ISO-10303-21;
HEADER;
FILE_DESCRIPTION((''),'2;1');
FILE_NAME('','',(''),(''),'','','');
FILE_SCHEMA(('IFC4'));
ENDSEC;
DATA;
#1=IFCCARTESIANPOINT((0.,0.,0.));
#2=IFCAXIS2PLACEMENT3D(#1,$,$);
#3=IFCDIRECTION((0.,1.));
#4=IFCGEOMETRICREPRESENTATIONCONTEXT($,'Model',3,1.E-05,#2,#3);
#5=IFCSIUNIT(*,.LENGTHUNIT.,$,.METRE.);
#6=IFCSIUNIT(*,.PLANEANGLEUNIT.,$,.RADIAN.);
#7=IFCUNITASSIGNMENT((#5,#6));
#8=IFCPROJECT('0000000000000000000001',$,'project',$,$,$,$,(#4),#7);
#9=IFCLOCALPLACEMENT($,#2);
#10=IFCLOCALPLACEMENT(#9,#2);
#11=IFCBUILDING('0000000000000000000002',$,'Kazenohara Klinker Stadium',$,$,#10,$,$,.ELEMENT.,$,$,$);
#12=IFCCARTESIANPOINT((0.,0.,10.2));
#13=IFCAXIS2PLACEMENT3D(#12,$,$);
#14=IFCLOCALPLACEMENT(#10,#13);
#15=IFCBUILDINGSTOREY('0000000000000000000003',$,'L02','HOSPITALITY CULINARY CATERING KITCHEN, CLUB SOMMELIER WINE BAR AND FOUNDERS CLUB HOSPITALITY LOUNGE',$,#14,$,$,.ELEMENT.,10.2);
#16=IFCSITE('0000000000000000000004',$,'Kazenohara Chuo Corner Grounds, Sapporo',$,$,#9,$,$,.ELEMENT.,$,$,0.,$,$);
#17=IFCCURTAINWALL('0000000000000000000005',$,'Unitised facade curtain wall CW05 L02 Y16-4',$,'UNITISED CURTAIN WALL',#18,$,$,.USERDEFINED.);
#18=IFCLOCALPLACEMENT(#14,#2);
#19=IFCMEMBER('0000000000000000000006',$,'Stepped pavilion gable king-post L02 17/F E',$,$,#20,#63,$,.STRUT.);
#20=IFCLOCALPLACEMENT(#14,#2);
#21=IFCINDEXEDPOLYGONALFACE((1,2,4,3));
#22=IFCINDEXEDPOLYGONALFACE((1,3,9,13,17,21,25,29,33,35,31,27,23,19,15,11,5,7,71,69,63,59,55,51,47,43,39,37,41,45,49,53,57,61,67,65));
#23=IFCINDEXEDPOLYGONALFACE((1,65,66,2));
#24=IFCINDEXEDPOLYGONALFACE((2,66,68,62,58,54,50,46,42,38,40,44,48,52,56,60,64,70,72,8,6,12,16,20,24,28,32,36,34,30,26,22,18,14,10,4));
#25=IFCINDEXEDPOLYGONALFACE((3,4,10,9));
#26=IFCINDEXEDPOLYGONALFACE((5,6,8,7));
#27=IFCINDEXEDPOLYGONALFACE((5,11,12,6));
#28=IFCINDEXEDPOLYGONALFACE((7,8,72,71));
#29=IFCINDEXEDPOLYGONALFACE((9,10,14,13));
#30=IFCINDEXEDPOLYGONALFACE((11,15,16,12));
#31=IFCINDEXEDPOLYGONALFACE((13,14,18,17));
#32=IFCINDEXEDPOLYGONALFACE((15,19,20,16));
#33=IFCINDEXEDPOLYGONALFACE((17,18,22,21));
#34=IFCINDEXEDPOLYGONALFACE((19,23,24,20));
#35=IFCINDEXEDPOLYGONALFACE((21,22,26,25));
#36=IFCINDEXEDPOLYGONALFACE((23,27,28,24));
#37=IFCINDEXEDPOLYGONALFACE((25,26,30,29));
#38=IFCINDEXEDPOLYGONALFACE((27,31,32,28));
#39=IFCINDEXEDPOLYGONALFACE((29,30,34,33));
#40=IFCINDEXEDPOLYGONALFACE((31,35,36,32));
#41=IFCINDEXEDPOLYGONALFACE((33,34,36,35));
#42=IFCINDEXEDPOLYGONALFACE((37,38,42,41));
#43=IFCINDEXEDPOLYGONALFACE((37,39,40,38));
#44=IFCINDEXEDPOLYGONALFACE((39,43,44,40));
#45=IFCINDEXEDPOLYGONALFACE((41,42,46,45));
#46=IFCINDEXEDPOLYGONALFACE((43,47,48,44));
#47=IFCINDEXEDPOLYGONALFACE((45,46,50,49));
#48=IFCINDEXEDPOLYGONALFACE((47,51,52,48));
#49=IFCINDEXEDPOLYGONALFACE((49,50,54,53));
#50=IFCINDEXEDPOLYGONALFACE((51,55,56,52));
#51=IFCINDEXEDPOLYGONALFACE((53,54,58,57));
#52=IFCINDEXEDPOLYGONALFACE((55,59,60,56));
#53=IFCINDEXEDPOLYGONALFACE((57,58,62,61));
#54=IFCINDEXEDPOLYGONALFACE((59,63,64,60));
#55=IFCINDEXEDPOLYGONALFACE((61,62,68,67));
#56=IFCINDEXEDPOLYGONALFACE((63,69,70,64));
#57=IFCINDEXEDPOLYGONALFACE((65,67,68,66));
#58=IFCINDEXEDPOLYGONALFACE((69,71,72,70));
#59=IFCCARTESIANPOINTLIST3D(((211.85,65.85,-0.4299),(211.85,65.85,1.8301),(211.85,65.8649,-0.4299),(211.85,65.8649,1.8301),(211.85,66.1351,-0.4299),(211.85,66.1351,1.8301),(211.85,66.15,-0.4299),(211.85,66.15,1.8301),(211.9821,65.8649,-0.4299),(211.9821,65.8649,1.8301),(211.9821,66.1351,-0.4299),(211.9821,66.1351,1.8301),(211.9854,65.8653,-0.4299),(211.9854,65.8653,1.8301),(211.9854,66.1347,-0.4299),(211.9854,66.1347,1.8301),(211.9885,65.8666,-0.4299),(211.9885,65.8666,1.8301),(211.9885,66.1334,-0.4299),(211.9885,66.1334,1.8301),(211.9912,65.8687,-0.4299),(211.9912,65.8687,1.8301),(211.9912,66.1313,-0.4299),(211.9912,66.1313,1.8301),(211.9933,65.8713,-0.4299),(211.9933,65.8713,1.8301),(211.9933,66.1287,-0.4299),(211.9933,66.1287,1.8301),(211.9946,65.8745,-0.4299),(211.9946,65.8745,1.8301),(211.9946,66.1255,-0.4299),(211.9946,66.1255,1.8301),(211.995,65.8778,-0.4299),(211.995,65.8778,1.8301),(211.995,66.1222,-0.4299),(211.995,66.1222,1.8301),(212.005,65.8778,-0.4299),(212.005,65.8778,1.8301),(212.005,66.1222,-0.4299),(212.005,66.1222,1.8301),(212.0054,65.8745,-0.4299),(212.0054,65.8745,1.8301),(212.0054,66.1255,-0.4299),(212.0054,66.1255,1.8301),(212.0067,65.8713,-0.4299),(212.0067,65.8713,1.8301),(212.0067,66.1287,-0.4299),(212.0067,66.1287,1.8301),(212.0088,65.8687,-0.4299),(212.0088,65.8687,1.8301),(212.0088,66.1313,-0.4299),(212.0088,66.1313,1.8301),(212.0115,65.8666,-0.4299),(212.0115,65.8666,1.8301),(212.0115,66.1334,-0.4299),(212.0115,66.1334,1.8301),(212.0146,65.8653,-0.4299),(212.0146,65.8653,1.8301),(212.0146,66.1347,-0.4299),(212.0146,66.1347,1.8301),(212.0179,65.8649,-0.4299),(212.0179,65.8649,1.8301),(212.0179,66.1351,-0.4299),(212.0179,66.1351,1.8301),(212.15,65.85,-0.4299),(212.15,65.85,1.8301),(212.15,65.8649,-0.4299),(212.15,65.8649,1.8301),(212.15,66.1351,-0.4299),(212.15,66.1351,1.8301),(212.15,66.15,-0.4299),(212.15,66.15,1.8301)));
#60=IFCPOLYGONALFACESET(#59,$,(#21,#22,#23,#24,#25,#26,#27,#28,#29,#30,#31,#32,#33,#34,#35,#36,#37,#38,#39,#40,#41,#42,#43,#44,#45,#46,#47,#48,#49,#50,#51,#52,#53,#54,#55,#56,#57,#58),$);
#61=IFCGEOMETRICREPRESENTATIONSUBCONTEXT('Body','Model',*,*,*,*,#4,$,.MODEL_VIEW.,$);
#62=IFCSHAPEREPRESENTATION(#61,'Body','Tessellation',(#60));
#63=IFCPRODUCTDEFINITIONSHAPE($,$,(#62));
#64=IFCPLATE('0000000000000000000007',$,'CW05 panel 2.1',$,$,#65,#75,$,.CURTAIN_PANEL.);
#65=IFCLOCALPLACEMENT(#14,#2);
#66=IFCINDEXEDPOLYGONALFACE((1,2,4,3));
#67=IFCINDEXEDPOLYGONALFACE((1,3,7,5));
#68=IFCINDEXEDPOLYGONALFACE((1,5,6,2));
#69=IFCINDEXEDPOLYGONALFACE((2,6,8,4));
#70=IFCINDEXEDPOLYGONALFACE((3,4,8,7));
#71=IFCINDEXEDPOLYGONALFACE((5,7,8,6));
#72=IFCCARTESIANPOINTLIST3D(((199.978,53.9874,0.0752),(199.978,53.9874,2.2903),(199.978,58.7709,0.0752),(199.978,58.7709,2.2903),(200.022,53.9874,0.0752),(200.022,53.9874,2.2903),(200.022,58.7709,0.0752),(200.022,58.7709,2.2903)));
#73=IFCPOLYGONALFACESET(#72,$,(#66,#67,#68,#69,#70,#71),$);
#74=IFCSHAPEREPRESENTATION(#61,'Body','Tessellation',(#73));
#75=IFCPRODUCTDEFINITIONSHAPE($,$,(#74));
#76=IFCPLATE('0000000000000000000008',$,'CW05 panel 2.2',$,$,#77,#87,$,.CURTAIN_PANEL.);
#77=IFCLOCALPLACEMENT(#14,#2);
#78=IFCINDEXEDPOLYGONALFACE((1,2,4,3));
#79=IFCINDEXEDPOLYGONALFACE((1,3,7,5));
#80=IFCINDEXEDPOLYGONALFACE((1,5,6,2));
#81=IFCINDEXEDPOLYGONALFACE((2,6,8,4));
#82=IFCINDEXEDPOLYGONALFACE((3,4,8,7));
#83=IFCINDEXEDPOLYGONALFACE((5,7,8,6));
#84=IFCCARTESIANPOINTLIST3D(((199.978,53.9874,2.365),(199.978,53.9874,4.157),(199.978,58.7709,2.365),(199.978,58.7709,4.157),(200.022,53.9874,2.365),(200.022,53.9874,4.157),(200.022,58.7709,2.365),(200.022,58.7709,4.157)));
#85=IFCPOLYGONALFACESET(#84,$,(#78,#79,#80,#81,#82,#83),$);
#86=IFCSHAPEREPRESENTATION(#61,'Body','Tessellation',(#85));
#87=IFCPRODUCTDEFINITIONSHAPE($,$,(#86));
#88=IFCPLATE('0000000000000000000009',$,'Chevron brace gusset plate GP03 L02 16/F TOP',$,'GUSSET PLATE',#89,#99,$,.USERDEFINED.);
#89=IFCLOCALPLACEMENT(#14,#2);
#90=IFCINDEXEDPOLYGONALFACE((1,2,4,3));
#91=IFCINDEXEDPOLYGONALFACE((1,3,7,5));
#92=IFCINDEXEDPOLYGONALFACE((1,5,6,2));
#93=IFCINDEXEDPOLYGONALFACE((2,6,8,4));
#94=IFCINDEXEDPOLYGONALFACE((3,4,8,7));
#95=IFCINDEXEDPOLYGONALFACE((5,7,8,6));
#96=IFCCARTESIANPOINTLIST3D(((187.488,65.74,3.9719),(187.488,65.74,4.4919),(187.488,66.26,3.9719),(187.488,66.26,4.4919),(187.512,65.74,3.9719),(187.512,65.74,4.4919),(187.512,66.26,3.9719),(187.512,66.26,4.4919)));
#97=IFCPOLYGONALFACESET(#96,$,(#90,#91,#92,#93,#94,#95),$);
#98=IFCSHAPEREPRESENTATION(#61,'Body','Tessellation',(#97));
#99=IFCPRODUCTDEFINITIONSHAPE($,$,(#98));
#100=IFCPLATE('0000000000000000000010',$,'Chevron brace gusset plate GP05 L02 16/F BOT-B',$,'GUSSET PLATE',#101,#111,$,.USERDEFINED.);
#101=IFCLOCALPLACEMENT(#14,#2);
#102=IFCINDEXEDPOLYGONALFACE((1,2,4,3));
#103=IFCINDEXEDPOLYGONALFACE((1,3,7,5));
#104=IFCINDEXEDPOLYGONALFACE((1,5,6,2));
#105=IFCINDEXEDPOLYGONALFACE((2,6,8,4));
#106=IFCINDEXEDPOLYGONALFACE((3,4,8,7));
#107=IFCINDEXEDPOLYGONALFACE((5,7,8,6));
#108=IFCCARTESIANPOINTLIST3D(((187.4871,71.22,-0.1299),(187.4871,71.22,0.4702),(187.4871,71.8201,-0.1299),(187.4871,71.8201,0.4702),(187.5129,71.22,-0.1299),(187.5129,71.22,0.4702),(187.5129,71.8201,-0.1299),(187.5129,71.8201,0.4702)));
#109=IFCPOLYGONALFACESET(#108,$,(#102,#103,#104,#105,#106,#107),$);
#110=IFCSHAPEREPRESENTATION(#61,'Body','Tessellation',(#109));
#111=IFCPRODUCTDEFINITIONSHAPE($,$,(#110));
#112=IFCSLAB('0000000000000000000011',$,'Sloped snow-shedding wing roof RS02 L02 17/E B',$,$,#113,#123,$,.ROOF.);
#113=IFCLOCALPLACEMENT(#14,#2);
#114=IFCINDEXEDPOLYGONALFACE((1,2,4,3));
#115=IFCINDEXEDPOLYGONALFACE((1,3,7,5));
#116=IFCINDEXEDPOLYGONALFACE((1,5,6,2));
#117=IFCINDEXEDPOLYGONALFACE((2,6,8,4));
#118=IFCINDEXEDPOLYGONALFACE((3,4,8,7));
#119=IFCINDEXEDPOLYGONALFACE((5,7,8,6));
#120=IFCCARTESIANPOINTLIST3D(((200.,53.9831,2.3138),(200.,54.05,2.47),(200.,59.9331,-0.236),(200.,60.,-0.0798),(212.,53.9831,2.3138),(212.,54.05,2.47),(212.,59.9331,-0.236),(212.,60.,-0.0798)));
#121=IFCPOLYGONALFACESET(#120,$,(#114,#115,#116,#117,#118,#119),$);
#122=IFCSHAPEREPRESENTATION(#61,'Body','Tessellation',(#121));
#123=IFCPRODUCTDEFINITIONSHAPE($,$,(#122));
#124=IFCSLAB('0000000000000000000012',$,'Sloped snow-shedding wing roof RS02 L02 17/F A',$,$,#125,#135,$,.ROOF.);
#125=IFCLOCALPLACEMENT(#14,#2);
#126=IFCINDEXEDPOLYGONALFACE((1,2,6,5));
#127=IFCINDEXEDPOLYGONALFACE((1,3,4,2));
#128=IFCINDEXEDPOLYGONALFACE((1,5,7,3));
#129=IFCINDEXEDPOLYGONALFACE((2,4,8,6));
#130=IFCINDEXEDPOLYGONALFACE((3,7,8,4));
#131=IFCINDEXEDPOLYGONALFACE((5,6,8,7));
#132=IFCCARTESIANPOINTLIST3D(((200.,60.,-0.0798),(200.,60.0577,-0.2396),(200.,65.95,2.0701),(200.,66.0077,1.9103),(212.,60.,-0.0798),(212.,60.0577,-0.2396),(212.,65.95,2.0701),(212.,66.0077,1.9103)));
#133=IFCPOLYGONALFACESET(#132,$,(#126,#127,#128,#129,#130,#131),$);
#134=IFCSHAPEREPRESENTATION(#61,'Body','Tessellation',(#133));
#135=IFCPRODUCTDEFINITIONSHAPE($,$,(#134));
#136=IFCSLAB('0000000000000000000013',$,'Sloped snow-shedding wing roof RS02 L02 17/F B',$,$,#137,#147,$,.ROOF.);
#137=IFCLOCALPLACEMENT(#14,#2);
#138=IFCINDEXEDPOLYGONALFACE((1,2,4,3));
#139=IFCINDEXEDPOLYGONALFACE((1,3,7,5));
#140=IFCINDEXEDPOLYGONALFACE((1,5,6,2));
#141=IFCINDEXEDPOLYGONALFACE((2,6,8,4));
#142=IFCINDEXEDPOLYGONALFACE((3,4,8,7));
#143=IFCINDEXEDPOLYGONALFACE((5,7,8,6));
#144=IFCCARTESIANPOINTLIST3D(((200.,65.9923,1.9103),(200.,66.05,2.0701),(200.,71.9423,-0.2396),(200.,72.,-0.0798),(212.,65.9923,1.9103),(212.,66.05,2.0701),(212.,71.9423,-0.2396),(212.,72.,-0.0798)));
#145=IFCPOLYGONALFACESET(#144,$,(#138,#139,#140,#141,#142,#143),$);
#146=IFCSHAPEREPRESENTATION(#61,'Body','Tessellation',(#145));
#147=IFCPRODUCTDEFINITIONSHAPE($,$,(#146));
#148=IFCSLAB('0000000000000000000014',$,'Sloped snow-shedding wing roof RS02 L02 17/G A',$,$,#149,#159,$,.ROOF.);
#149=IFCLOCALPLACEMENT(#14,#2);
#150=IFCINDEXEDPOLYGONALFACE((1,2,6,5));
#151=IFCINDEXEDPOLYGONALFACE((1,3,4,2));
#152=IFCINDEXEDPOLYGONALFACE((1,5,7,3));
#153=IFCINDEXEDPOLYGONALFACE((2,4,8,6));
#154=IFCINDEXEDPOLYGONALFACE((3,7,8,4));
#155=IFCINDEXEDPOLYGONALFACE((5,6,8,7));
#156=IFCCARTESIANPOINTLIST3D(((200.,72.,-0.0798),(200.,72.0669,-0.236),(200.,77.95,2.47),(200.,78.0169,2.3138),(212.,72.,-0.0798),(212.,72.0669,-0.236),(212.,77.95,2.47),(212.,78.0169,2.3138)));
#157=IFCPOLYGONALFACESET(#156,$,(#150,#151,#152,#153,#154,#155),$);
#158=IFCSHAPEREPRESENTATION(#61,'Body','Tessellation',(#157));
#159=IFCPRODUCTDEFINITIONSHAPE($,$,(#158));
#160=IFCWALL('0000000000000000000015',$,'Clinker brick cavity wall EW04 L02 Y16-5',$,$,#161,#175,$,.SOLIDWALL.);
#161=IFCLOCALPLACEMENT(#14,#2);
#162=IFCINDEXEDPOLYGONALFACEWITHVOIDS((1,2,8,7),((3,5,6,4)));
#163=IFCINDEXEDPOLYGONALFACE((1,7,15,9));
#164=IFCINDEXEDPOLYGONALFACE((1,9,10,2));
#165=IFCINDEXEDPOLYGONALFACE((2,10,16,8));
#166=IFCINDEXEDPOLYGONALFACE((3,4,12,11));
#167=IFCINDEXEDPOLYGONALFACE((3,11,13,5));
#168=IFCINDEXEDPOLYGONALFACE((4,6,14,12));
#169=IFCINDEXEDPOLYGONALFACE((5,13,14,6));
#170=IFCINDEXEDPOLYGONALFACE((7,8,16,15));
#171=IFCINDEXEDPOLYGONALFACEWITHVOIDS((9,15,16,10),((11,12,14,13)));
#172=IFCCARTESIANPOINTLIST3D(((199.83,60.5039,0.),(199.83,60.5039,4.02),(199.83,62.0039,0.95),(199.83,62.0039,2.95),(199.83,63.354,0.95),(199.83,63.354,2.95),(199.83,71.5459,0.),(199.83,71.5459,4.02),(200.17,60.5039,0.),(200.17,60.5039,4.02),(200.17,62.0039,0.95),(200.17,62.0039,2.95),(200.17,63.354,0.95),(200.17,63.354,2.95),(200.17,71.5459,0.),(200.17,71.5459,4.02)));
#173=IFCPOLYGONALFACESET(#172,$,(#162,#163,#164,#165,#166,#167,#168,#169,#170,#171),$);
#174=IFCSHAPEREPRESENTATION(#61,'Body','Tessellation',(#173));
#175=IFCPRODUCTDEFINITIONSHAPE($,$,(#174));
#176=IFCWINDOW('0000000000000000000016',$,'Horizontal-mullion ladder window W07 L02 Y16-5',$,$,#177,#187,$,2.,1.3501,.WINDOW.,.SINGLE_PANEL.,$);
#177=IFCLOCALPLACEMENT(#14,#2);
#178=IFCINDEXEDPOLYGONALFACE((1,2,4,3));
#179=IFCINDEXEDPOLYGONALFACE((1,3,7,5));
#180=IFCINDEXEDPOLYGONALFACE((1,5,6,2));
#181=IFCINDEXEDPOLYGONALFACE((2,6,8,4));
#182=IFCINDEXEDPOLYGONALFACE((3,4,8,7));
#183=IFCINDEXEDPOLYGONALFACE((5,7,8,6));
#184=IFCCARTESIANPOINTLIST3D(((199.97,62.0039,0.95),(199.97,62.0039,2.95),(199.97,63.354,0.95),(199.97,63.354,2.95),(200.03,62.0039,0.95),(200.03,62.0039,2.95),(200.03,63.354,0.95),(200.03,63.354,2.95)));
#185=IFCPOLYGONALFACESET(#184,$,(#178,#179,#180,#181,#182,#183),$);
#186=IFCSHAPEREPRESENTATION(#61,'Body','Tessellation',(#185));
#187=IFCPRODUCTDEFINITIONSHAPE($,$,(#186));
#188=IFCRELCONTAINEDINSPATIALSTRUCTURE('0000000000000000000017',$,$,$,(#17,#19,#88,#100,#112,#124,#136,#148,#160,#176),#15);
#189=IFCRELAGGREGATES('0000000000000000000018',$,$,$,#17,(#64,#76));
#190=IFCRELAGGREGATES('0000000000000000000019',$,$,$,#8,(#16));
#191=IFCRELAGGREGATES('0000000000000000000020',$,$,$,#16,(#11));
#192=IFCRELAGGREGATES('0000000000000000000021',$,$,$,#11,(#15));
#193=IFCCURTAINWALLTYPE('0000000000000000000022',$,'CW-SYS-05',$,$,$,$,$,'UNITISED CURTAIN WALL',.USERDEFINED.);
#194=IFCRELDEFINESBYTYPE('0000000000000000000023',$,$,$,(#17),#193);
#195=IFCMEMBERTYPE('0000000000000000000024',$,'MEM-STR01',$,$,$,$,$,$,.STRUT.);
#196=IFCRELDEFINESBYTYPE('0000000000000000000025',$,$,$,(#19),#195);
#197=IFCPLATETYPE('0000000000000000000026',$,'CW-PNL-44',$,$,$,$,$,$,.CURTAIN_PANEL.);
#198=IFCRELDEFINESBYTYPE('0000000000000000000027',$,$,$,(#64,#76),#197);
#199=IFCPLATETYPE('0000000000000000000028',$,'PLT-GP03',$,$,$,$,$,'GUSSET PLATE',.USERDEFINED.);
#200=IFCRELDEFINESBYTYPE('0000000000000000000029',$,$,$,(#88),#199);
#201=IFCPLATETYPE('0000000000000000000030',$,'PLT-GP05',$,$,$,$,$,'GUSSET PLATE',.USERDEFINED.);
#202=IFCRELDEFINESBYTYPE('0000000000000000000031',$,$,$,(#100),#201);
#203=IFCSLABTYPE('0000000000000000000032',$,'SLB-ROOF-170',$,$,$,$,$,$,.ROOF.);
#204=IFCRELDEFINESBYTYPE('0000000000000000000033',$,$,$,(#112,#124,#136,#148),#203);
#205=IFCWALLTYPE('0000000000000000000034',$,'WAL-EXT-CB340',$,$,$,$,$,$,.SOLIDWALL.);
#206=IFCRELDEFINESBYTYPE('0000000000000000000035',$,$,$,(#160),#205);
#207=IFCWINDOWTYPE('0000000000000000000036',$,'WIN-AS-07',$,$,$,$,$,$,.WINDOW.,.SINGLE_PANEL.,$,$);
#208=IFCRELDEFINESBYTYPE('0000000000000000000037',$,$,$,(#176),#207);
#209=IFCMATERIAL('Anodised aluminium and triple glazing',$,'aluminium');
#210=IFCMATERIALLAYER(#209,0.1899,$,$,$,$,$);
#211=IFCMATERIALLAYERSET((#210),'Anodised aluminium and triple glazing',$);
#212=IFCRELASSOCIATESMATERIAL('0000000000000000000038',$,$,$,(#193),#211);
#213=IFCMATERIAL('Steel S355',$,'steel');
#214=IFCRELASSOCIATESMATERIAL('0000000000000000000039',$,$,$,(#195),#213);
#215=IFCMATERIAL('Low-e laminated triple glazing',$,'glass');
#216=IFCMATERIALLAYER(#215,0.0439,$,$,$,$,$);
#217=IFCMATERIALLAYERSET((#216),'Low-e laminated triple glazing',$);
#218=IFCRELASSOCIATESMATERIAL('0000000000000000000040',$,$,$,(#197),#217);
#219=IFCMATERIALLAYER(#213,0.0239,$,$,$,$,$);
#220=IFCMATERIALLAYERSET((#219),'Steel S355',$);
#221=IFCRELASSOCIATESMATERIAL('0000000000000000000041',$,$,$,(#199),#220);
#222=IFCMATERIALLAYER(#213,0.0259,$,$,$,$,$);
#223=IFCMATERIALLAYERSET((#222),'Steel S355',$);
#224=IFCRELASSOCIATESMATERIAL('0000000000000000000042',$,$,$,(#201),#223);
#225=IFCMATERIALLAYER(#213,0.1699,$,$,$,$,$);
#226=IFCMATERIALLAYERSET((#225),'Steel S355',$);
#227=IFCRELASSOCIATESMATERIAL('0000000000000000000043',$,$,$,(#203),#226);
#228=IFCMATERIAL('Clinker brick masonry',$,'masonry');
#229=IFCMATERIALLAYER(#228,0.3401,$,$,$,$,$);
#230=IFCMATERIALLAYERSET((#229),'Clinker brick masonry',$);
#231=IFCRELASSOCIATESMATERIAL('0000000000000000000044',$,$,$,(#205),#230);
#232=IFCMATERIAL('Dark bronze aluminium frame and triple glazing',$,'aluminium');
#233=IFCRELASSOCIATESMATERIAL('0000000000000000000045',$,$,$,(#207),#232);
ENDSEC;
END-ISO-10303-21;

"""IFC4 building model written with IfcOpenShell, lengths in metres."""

from ifc_helpers import new_model, si_unit, direction, frame, frame_2d, origin, origin_2d, place, context, subcontext, project, spatial, polyline, rectangle, i_section, outline, extrude, material, layer, layer_set, material_profile, profile_set, type_object, element, fill, aggregate, save


model = new_model("IFC4")

# Units and contexts
model_context = context("Model", 3, precision=1e-05, world=origin(), true_north=direction((0.0, 1.0)))
body_context = subcontext(model_context, "Body", "Model", "MODEL_VIEW")
ifc_project = project(units=[si_unit("LENGTHUNIT", "METRE"), si_unit("PLANEANGLEUNIT", "RADIAN")], contexts=[model_context])

# Site, building, storey
site_placement = place(None, origin())
site = spatial("IfcSite", under=ifc_project, at=site_placement, Name="Kazenohara Chuo Corner Grounds, Sapporo", CompositionType="ELEMENT", RefElevation=0.0)
building_placement = place(site_placement, origin())
building = spatial("IfcBuilding", under=site, at=building_placement, Name="Kazenohara Klinker Stadium", CompositionType="ELEMENT")
storey_placement = place(building_placement, frame((0.0, 0.0, 10.2)))
storey = spatial("IfcBuildingStorey", under=building, at=storey_placement, Name="L02", Description="HOSPITALITY CULINARY CATERING KITCHEN, CLUB SOMMELIER WINE BAR AND FOUNDERS CLUB HOSPITALITY LOUNGE", CompositionType="ELEMENT", Elevation=10.2)

# Shared definitions
ifc_material_1 = material(Name="Steel S355", Category="steel")

# Curtain wall
ifc_material_2 = material(Name="Anodised aluminium and triple glazing", Category="aluminium")
ifc_layer_1 = layer(ifc_material_2, 0.1899)
ifc_layer_set_1 = layer_set([ifc_layer_1], Name="Anodised aluminium and triple glazing")
curtain_wall_type = type_object("IfcCurtainWallType", Name="CW-SYS-05", ElementType="UNITISED CURTAIN WALL", PredefinedType="USERDEFINED", material=ifc_layer_set_1)
curtain_wall_placement = place(storey_placement, origin())
curtain_wall = element("IfcCurtainWall", 1, at=curtain_wall_placement, inside=storey, type_object=curtain_wall_type, Name="Unitised facade curtain wall CW05 L02 Y16-4", ObjectType="UNITISED CURTAIN WALL", PredefinedType="USERDEFINED")

# Member
ifc_material_profile_1 = material_profile(ifc_material_1, i_section(OverallWidth=0.3, OverallDepth=0.3, WebThickness=0.01, FlangeThickness=0.0149, FilletRadius=0.0129, at=origin_2d()), Name="H-300x300x10x15")
ifc_profile_set_1 = profile_set([ifc_material_profile_1], Name="Steel S355")
member_type_1 = type_object("IfcMemberType", Name="MEM-STR01", PredefinedType="STRUT", material=ifc_profile_set_1)
member_1_placement = place(storey_placement, frame((212.0, 66.0, -0.4299), z_axis=(0.0, 0.0, 1.0), x_axis=(1.0, 0.0, 0.0)))
element("IfcMember", 2, at=member_1_placement, inside=storey, type_object=member_type_1, Name="Stepped pavilion gable king-post L02 17/F E", PredefinedType="STRUT", context=body_context, shape_type="SweptSolid", body=[
    extrude(i_section(OverallWidth=0.3, OverallDepth=0.3, WebThickness=0.01, FlangeThickness=0.0149, FilletRadius=0.0129, at=origin_2d()), origin(), (0.0, 0.0, 1.0), 2.26),
])

# Plates
ifc_material_3 = material(Name="Low-e laminated triple glazing", Category="glass")
ifc_layer_2 = layer(ifc_material_3, 0.0439)
ifc_layer_set_2 = layer_set([ifc_layer_2], Name="Low-e laminated triple glazing")
plate_type_1 = type_object("IfcPlateType", Name="CW-PNL-44", PredefinedType="CURTAIN_PANEL", material=ifc_layer_set_2)
plate_1_placement = place(storey_placement, frame((200.0, 56.3792, 0.0752), z_axis=(0.0, 0.0, 1.0), x_axis=(0.0, 1.0, 0.0)))
plate_1 = element("IfcPlate", 3, at=plate_1_placement, type_object=plate_type_1, Name="CW05 panel 2.1", PredefinedType="CURTAIN_PANEL", context=body_context, shape_type="SweptSolid", body=[
    extrude(rectangle(XDim=4.7834, YDim=0.0439, at=origin_2d()), origin(), (0.0, 0.0, 1.0), 2.2151),
])
plate_2_placement = place(storey_placement, frame((200.0, 56.3792, 2.365), z_axis=(0.0, 0.0, 1.0), x_axis=(0.0, 1.0, 0.0)))
plate_2 = element("IfcPlate", 4, at=plate_2_placement, type_object=plate_type_1, Name="CW05 panel 2.2", PredefinedType="CURTAIN_PANEL", context=body_context, shape_type="SweptSolid", body=[
    extrude(rectangle(XDim=4.7834, YDim=0.0439, at=origin_2d()), origin(), (0.0, 0.0, 1.0), 1.792),
])
aggregate(curtain_wall, [plate_1, plate_2])

# Plates
ifc_layer_3 = layer(ifc_material_1, 0.0239)
ifc_layer_set_3 = layer_set([ifc_layer_3], Name="Steel S355")
plate_type_2 = type_object("IfcPlateType", Name="PLT-GP03", ElementType="GUSSET PLATE", PredefinedType="USERDEFINED", material=ifc_layer_set_3)
plate_3_placement = place(storey_placement, frame((187.5, 66.0, 3.9719), z_axis=(0.0, 0.0, 1.0), x_axis=(1.0, 0.0, 0.0)))
element("IfcPlate", 5, at=plate_3_placement, inside=storey, type_object=plate_type_2, Name="Chevron brace gusset plate GP03 L02 16/F TOP", ObjectType="GUSSET PLATE", PredefinedType="USERDEFINED", context=body_context, shape_type="SweptSolid", body=[
    extrude(rectangle(XDim=0.0239, YDim=0.52, at=origin_2d()), origin(), (0.0, 0.0, 1.0), 0.52),
])
ifc_layer_4 = layer(ifc_material_1, 0.0259)
ifc_layer_set_4 = layer_set([ifc_layer_4], Name="Steel S355")
plate_type_3 = type_object("IfcPlateType", Name="PLT-GP05", ElementType="GUSSET PLATE", PredefinedType="USERDEFINED", material=ifc_layer_set_4)
plate_4_placement = place(storey_placement, frame((187.5, 71.52, -0.1299), z_axis=(0.0, 0.0, 1.0), x_axis=(1.0, 0.0, 0.0)))
element("IfcPlate", 6, at=plate_4_placement, inside=storey, type_object=plate_type_3, Name="Chevron brace gusset plate GP05 L02 16/F BOT-B", ObjectType="GUSSET PLATE", PredefinedType="USERDEFINED", context=body_context, shape_type="SweptSolid", body=[
    extrude(rectangle(XDim=0.0259, YDim=0.6001, at=origin_2d()), origin(), (0.0, 0.0, 1.0), 0.6001),
])

# Slabs
ifc_layer_5 = layer(ifc_material_1, 0.1699)
ifc_layer_set_5 = layer_set([ifc_layer_5], Name="Steel S355")
slab_type = type_object("IfcSlabType", Name="SLB-ROOF-170", PredefinedType="ROOF", material=ifc_layer_set_5)
slab_1_placement = place(storey_placement, frame((200.0, 54.05, 2.47), z_axis=(0.0, 0.393897, 0.919155), x_axis=(1.0, 0.0, 0.0)))
element("IfcSlab", 7, at=slab_1_placement, inside=storey, type_object=slab_type, Name="Sloped snow-shedding wing roof RS02 L02 17/E B", PredefinedType="ROOF", context=body_context, shape_type="SweptSolid", body=[
    extrude(outline(polyline([(0.0, 0.0), (12.0, 0.0), (12.0, 6.4733), (0.0, 6.4733), (0.0, 0.0)])), origin(), (0.0, 0.0, -1.0), 0.1699),
])
for number, where, z_axis, x_axis, name in (
    (8, (200.0, 60.0, -0.0798), (0.0, -0.339827, 0.940488), (1.0, 0.0, 0.0), "Sloped snow-shedding wing roof RS02 L02 17/F A"),
    (9, (200.0, 66.05, 2.0701), (0.0, 0.339827, 0.940488), (1.0, 0.0, 0.0), "Sloped snow-shedding wing roof RS02 L02 17/F B"),
):
    element("IfcSlab", number, at=place(storey_placement, frame(where, z_axis=z_axis, x_axis=x_axis)), inside=storey, type_object=slab_type, Name=name, PredefinedType="ROOF", context=body_context, shape_type="SweptSolid", body=[
        extrude(outline(polyline([(0.0, 0.0), (12.0, 0.0), (12.0, 6.3265), (0.0, 6.3265), (0.0, 0.0)])), origin(), (0.0, 0.0, -1.0), 0.1699),
    ])
slab_2_placement = place(storey_placement, frame((200.0, 72.0, -0.0798), z_axis=(0.0, -0.393897, 0.919155), x_axis=(1.0, 0.0, 0.0)))
element("IfcSlab", 10, at=slab_2_placement, inside=storey, type_object=slab_type, Name="Sloped snow-shedding wing roof RS02 L02 17/G A", PredefinedType="ROOF", context=body_context, shape_type="SweptSolid", body=[
    extrude(outline(polyline([(0.0, 0.0), (12.0, 0.0), (12.0, 6.4733), (0.0, 6.4733), (0.0, 0.0)])), origin(), (0.0, 0.0, -1.0), 0.1699),
])

# Wall, opening, window
ifc_material_4 = material(Name="Clinker brick masonry", Category="masonry")
ifc_layer_6 = layer(ifc_material_4, 0.3401)
ifc_layer_set_6 = layer_set([ifc_layer_6], Name="Clinker brick masonry")
wall_type_1 = type_object("IfcWallType", Name="WAL-EXT-CB340", PredefinedType="SOLIDWALL", material=ifc_layer_set_6)
wall_1_placement = place(storey_placement, frame((200.0, 60.5039, 0.0), z_axis=(0.0, 0.0, 1.0), x_axis=(0.0, 1.0, 0.0)))
wall_1 = element("IfcWall", 11, at=wall_1_placement, inside=storey, type_object=wall_type_1, Name="Clinker brick cavity wall EW04 L02 Y16-5", PredefinedType="SOLIDWALL", context=body_context, shape_type="SweptSolid", body=[
    extrude(rectangle(XDim=11.042, YDim=0.3401, at=frame_2d((5.521, 0.0))), origin(), (0.0, 0.0, 1.0), 4.02),
])
opening_1_placement = place(wall_1_placement, frame((1.5, 0.0, 0.95)))
opening_1 = element("IfcOpeningElement", 12, at=opening_1_placement, cuts=wall_1, PredefinedType="OPENING", context=body_context, shape_type="SweptSolid", body=[
    extrude(rectangle(XDim=1.3501, YDim=2.0, at=frame_2d((0.675, 1.0))), frame((0.0, 0.1802, 0.0), z_axis=(0.0, -1.0, 0.0), x_axis=(1.0, 0.0, 0.0)), (0.0, 0.0, 1.0), 0.3601),
])
ifc_material_5 = material(Name="Dark bronze aluminium frame and triple glazing", Category="aluminium")
window_type = type_object("IfcWindowType", Name="WIN-AS-07", PartitioningType="SINGLE_PANEL", PredefinedType="WINDOW", material=ifc_material_5)
window_placement = place(opening_1_placement, origin())
window = element("IfcWindow", 13, at=window_placement, inside=storey, type_object=window_type, Name="Horizontal-mullion ladder window W07 L02 Y16-5", OverallHeight=2.0, OverallWidth=1.3501, PartitioningType="SINGLE_PANEL", PredefinedType="WINDOW", context=body_context, shape_type="SweptSolid", body=[
    extrude(rectangle(XDim=1.3501, YDim=2.0, at=frame_2d((0.675, 1.0))), frame((0.0, 0.03, 0.0), z_axis=(0.0, -1.0, 0.0), x_axis=(1.0, 0.0, 0.0)), (0.0, 0.0, 1.0), 0.0601),
])
fill(opening_1, window)

save(model, "model.ifc")
